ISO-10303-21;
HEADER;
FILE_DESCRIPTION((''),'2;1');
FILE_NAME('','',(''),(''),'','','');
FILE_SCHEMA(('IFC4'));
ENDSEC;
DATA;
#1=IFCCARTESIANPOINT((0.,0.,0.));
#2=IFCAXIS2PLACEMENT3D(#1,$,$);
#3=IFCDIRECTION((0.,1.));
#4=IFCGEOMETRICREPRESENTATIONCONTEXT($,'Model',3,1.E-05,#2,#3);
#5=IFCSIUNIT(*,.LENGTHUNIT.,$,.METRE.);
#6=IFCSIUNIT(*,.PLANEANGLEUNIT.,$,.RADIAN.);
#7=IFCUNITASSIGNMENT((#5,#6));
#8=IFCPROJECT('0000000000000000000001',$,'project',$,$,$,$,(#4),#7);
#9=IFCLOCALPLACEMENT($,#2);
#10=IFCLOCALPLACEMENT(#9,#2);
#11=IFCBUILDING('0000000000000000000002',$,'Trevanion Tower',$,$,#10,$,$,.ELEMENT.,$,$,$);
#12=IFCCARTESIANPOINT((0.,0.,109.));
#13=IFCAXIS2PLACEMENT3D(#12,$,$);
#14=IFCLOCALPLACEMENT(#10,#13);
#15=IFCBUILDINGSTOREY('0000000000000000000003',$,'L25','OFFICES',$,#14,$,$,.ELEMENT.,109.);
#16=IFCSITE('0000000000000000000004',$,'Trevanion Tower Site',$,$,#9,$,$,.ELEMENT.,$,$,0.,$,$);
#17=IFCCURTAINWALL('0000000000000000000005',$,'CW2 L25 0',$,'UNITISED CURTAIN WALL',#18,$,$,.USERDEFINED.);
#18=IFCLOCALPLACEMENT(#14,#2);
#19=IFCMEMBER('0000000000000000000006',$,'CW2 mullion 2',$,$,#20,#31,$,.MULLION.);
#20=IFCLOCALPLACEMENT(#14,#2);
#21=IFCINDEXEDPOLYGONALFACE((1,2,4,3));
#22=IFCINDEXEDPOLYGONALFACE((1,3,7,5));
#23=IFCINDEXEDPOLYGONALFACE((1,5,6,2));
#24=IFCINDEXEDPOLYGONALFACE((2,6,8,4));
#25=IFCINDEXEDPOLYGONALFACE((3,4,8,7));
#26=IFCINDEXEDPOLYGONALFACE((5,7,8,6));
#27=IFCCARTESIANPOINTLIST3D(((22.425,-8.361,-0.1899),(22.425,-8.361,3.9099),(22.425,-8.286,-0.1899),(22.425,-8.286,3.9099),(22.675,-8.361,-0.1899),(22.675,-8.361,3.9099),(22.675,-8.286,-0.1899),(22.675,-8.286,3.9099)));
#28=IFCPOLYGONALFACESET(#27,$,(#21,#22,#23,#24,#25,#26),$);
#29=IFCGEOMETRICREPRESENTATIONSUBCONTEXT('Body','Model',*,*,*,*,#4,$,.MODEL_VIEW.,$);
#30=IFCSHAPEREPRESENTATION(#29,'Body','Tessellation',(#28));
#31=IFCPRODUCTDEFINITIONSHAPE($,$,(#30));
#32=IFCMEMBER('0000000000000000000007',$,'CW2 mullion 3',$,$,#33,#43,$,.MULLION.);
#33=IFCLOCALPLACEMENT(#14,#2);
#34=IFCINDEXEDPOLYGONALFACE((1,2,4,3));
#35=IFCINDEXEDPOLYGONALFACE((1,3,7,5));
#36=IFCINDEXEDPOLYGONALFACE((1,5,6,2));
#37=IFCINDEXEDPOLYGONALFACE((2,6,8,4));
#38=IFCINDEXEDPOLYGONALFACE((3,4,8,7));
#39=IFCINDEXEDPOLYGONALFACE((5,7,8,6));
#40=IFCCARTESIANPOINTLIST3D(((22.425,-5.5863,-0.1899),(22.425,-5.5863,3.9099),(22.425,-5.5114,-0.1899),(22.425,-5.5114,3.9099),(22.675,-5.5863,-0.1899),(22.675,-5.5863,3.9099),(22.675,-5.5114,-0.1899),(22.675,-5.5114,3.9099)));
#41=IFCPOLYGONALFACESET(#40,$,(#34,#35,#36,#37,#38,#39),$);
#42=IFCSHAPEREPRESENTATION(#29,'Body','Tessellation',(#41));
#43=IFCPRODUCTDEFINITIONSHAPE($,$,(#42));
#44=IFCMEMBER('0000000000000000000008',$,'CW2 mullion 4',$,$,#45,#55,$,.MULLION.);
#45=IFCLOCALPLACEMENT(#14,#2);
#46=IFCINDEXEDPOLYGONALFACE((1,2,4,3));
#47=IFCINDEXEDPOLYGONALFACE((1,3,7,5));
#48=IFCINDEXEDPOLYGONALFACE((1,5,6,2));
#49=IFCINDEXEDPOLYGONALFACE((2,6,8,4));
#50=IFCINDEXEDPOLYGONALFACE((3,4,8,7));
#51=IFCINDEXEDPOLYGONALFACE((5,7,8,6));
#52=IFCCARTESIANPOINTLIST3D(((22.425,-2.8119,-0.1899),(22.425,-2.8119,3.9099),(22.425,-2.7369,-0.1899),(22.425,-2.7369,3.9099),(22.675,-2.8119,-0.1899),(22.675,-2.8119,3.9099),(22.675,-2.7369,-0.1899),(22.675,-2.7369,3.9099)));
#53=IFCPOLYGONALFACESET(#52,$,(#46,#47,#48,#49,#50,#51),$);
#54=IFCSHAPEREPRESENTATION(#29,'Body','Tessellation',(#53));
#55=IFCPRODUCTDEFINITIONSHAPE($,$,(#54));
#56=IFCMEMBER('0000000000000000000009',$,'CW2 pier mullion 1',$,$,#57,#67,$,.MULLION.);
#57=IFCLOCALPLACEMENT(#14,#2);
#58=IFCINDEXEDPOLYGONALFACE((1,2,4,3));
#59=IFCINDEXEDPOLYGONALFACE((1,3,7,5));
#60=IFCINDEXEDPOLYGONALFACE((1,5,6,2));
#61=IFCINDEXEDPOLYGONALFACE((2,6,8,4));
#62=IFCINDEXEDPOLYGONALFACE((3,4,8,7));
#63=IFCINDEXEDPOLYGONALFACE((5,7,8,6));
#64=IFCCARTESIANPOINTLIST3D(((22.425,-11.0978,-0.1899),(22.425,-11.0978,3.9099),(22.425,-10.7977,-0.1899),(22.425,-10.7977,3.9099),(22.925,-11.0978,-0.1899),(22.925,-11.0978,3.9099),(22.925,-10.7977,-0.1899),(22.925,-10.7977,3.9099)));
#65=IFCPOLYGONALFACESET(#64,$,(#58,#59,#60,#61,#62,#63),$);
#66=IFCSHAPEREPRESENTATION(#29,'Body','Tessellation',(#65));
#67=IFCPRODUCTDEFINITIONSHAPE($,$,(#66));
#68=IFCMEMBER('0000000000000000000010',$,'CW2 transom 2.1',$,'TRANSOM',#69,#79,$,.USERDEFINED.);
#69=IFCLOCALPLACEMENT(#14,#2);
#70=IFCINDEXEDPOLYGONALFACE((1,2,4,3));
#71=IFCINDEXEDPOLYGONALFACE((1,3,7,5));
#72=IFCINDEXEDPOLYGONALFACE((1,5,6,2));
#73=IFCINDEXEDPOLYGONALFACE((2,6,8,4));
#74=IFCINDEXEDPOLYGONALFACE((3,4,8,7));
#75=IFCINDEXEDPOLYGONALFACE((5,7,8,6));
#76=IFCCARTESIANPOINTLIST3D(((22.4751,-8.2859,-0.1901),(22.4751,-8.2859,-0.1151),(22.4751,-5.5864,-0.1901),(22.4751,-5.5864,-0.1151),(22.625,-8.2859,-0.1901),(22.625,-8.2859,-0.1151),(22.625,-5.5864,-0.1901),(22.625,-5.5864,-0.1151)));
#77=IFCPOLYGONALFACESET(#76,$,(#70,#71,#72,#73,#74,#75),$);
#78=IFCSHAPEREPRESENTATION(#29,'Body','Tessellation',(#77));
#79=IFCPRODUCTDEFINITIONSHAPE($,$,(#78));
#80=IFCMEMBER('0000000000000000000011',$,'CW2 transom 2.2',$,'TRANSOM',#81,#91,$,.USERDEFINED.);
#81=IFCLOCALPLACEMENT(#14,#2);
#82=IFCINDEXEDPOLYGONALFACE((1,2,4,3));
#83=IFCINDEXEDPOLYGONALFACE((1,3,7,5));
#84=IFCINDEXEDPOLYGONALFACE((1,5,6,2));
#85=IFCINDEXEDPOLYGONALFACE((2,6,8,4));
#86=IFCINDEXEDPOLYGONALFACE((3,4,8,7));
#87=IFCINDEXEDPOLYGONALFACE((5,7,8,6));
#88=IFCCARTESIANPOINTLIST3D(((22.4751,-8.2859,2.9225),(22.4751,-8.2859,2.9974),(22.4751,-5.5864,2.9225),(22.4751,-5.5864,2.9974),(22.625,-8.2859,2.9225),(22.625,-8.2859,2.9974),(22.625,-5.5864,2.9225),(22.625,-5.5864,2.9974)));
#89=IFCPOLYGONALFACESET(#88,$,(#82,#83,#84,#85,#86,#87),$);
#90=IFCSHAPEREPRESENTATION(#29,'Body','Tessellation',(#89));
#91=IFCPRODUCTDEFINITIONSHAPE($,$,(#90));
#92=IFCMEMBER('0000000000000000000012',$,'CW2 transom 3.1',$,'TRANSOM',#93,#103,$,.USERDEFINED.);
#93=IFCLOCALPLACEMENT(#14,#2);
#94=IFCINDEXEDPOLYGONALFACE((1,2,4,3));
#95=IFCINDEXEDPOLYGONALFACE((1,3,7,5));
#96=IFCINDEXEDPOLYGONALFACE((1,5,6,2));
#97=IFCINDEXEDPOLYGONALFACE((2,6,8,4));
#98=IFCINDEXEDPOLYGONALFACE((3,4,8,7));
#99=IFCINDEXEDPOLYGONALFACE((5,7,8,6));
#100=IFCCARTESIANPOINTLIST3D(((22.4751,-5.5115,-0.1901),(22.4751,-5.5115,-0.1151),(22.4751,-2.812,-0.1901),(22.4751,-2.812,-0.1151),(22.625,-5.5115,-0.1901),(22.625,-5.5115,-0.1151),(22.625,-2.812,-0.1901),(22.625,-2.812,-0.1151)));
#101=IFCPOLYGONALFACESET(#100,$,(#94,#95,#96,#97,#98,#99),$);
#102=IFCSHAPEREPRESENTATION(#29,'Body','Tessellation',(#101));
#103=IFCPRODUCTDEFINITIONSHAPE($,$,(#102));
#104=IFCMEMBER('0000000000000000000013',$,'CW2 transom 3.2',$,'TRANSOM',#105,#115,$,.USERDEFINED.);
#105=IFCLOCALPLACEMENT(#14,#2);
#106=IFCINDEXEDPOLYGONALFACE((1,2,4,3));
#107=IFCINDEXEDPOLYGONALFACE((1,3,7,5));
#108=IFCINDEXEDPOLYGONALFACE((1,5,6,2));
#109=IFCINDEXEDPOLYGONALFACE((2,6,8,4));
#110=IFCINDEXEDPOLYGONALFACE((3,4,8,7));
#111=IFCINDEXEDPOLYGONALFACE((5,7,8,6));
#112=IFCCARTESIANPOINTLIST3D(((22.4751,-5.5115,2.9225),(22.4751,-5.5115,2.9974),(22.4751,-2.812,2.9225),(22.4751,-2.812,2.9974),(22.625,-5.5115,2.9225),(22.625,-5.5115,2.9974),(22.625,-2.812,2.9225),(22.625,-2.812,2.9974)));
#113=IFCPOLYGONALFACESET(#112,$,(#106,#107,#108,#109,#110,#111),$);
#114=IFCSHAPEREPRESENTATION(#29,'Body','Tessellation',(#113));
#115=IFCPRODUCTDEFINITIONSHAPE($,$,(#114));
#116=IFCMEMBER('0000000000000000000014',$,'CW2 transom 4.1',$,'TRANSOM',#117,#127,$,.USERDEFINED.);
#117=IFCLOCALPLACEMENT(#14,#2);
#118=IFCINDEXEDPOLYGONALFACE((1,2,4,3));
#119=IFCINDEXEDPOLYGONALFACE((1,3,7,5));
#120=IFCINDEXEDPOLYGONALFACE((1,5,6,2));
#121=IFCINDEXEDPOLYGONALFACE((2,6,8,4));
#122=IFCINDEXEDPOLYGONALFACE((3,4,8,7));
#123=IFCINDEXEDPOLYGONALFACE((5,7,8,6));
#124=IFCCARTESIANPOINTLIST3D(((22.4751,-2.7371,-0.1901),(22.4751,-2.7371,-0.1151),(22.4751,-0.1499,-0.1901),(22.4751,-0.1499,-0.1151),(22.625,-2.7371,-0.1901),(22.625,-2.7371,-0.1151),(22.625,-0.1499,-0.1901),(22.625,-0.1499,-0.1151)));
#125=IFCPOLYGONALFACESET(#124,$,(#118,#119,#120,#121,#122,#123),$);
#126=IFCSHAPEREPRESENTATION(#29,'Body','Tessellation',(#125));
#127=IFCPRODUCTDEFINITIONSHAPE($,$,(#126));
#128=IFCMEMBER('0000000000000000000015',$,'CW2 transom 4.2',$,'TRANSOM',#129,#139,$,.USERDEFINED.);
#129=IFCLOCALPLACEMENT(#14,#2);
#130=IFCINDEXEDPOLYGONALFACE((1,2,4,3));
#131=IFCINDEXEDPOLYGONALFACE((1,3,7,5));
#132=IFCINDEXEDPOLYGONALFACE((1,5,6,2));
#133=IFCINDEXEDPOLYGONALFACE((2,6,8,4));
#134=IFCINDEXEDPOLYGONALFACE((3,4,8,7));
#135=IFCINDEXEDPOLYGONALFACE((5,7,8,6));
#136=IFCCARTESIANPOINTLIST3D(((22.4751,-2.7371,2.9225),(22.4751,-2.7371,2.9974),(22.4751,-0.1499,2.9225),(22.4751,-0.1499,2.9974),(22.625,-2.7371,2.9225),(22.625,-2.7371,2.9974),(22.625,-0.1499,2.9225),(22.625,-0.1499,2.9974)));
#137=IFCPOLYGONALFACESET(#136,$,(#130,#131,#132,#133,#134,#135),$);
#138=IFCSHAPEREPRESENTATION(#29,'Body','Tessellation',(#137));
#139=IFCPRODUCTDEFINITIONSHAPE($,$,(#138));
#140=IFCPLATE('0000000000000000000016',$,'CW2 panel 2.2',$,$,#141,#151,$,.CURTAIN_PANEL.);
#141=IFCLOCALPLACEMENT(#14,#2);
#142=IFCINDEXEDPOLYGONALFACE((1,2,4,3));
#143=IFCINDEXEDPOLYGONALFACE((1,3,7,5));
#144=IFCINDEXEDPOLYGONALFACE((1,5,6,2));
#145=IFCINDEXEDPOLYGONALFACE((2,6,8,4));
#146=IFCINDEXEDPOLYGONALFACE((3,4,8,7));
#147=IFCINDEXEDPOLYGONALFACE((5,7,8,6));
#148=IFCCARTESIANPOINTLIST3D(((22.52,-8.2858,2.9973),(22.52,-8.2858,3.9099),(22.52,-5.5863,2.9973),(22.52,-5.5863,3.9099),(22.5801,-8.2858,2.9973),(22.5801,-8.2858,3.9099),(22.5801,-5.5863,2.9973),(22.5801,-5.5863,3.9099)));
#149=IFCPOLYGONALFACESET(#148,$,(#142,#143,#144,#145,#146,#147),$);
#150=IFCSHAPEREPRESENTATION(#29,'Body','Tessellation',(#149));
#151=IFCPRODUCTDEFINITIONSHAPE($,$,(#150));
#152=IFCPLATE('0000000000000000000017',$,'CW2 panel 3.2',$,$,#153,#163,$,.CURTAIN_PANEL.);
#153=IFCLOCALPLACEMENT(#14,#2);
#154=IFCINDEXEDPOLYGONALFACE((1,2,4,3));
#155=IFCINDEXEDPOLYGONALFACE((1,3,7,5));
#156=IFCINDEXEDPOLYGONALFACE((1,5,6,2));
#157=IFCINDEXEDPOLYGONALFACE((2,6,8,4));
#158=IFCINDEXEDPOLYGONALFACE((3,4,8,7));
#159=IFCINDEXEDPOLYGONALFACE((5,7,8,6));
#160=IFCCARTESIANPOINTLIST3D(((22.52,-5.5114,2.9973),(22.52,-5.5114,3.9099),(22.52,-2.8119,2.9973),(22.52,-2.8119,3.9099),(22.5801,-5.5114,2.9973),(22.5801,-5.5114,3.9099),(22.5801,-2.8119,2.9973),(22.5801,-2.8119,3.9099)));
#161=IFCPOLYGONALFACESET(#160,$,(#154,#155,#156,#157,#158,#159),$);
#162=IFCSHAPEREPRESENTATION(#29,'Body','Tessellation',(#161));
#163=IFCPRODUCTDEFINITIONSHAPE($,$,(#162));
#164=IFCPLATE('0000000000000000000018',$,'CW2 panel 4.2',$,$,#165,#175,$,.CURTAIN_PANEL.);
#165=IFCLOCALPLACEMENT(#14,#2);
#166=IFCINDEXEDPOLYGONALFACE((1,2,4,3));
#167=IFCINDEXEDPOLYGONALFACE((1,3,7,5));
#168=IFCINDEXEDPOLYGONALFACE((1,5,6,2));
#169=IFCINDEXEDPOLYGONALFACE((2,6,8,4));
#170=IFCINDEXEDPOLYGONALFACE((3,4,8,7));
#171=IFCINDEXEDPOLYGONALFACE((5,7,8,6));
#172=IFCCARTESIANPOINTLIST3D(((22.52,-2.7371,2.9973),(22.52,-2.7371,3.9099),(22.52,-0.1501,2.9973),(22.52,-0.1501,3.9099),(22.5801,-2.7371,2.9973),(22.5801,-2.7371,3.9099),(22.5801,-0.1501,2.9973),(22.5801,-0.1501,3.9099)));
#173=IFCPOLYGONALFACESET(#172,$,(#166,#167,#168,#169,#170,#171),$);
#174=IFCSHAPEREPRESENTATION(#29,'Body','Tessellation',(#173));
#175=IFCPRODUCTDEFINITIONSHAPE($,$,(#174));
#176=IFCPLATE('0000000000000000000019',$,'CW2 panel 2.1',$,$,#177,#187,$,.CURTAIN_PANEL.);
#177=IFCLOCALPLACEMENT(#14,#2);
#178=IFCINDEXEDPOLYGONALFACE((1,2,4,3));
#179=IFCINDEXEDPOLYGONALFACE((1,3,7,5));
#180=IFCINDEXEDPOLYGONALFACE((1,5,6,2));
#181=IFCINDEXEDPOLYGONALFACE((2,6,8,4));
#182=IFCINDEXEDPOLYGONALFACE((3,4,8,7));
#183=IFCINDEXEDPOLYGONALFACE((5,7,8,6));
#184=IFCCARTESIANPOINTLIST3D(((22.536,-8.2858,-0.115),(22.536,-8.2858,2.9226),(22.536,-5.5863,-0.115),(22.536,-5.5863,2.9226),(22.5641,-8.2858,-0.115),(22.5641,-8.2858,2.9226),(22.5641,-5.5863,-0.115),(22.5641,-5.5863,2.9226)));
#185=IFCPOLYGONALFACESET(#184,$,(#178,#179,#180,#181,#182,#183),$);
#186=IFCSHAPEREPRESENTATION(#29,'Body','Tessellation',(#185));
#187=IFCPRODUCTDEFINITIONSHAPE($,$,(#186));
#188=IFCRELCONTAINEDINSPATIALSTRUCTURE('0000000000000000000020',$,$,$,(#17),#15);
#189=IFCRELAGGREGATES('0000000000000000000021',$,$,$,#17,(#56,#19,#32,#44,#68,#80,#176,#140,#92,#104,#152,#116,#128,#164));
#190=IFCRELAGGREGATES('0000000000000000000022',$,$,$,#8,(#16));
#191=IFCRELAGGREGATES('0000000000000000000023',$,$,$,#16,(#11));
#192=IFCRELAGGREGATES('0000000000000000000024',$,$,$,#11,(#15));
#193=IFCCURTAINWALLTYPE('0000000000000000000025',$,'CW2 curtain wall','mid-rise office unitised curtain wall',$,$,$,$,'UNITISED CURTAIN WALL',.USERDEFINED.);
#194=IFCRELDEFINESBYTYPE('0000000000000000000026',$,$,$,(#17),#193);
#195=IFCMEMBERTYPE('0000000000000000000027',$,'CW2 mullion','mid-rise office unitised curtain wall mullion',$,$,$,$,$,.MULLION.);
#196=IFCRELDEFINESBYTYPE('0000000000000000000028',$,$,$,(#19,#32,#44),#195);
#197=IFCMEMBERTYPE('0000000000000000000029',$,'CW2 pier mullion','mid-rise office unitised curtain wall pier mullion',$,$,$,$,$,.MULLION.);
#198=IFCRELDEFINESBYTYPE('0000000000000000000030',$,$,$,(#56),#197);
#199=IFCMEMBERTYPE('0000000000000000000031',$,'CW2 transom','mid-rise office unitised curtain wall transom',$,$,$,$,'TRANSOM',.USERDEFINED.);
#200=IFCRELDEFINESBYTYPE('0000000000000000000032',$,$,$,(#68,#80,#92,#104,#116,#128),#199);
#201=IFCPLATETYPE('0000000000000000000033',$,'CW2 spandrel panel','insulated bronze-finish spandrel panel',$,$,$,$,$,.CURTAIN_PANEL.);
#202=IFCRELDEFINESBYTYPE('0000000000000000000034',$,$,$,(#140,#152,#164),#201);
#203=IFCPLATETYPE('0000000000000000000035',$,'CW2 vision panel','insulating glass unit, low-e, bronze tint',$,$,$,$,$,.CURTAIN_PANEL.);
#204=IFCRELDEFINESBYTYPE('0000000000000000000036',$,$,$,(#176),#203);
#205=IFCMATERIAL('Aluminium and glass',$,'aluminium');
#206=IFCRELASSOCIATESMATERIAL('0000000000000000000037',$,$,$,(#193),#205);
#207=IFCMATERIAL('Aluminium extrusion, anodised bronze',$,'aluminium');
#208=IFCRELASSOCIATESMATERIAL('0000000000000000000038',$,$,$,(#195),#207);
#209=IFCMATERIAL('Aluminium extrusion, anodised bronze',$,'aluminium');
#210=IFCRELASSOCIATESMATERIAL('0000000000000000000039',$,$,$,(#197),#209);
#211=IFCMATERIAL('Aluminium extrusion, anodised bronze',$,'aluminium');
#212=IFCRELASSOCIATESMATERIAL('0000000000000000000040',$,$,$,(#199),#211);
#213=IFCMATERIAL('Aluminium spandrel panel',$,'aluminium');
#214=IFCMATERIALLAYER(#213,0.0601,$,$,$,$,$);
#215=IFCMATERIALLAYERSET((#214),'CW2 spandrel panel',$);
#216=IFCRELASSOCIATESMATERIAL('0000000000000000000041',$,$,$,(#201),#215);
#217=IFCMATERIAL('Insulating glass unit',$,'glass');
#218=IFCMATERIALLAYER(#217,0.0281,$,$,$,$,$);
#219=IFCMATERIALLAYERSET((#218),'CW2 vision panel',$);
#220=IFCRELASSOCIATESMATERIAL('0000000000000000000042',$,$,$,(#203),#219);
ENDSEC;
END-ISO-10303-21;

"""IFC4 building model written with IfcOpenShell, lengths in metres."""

from ifc_helpers import new_model, si_unit, direction, frame, origin, origin_2d, place, context, subcontext, project, spatial, rectangle, extrude, material, layer, layer_set, material_profile, profile_set, type_object, element, aggregate, save


model = new_model("IFC4")

# Units and contexts
model_context = context("Model", 3, precision=1e-05, world=origin(), true_north=direction((0.0, 1.0)))
body_context = subcontext(model_context, "Body", "Model", "MODEL_VIEW")
ifc_project = project(units=[si_unit("LENGTHUNIT", "METRE"), si_unit("PLANEANGLEUNIT", "RADIAN")], contexts=[model_context])

# Site, building, storey
site_placement = place(None, origin())
site = spatial("IfcSite", under=ifc_project, at=site_placement, Name="Trevanion Tower Site", CompositionType="ELEMENT", RefElevation=0.0)
building_placement = place(site_placement, origin())
building = spatial("IfcBuilding", under=site, at=building_placement, Name="Trevanion Tower", CompositionType="ELEMENT")
storey_placement = place(building_placement, frame((0.0, 0.0, 109.0)))
storey = spatial("IfcBuildingStorey", under=building, at=storey_placement, Name="L25", Description="OFFICES", CompositionType="ELEMENT", Elevation=109.0)

# Curtain wall, members, plates
ifc_material_1 = material(Name="Aluminium and glass", Category="aluminium")
curtain_wall_type = type_object("IfcCurtainWallType", Name="CW2 curtain wall", Description="mid-rise office unitised curtain wall", ElementType="UNITISED CURTAIN WALL", PredefinedType="USERDEFINED", material=ifc_material_1)
curtain_wall_placement = place(storey_placement, origin())
curtain_wall = element("IfcCurtainWall", 1, at=curtain_wall_placement, inside=storey, type_object=curtain_wall_type, Name="CW2 L25 0", ObjectType="UNITISED CURTAIN WALL", PredefinedType="USERDEFINED")
ifc_material_2 = material(Name="Aluminium extrusion, anodised bronze", Category="aluminium")
ifc_material_profile_1 = material_profile(ifc_material_2, rectangle(XDim=0.075, YDim=0.25, at=origin_2d()), Name="CW2 mullion")
ifc_profile_set_1 = profile_set([ifc_material_profile_1], Name="Aluminium extrusion, anodised bronze")
member_type_1 = type_object("IfcMemberType", Name="CW2 mullion", Description="mid-rise office unitised curtain wall mullion", PredefinedType="MULLION", material=ifc_profile_set_1)
member_1_placement = place(storey_placement, frame((22.55, -8.3235, -0.1899), z_axis=(0.0, 0.0, 1.0), x_axis=(0.0, 1.0, 0.0)))
member_1 = element("IfcMember", 2, at=member_1_placement, type_object=member_type_1, Name="CW2 mullion 2", PredefinedType="MULLION", context=body_context, shape_type="SweptSolid", body=[
    extrude(rectangle(XDim=0.075, YDim=0.25, at=origin_2d()), origin(), (0.0, 0.0, 1.0), 4.0999),
])
member_2_placement = place(storey_placement, frame((22.55, -5.5488, -0.1899), z_axis=(0.0, 0.0, 1.0), x_axis=(0.0, 1.0, 0.0)))
member_2 = element("IfcMember", 3, at=member_2_placement, type_object=member_type_1, Name="CW2 mullion 3", PredefinedType="MULLION", context=body_context, shape_type="SweptSolid", body=[
    extrude(rectangle(XDim=0.075, YDim=0.25, at=origin_2d()), origin(), (0.0, 0.0, 1.0), 4.0999),
])
member_3_placement = place(storey_placement, frame((22.55, -2.7744, -0.1899), z_axis=(0.0, 0.0, 1.0), x_axis=(0.0, 1.0, 0.0)))
member_3 = element("IfcMember", 4, at=member_3_placement, type_object=member_type_1, Name="CW2 mullion 4", PredefinedType="MULLION", context=body_context, shape_type="SweptSolid", body=[
    extrude(rectangle(XDim=0.075, YDim=0.25, at=origin_2d()), origin(), (0.0, 0.0, 1.0), 4.0999),
])
ifc_material_3 = material(Name="Aluminium extrusion, anodised bronze", Category="aluminium")
ifc_material_profile_2 = material_profile(ifc_material_3, rectangle(XDim=0.3, YDim=0.5, at=origin_2d()), Name="CW2 pier mullion")
ifc_profile_set_2 = profile_set([ifc_material_profile_2], Name="Aluminium extrusion, anodised bronze")
member_type_2 = type_object("IfcMemberType", Name="CW2 pier mullion", Description="mid-rise office unitised curtain wall pier mullion", PredefinedType="MULLION", material=ifc_profile_set_2)
member_4_placement = place(storey_placement, frame((22.675, -10.9478, -0.1899), z_axis=(0.0, 0.0, 1.0), x_axis=(0.0, 1.0, 0.0)))
member_4 = element("IfcMember", 5, at=member_4_placement, type_object=member_type_2, Name="CW2 pier mullion 1", PredefinedType="MULLION", context=body_context, shape_type="SweptSolid", body=[
    extrude(rectangle(XDim=0.3, YDim=0.5, at=origin_2d()), origin(), (0.0, 0.0, 1.0), 4.0999),
])
ifc_material_4 = material(Name="Aluminium extrusion, anodised bronze", Category="aluminium")
ifc_material_profile_3 = material_profile(ifc_material_4, rectangle(XDim=0.1499, YDim=0.075, at=origin_2d()), Name="CW2 transom")
ifc_profile_set_3 = profile_set([ifc_material_profile_3], Name="Aluminium extrusion, anodised bronze")
member_type_3 = type_object("IfcMemberType", Name="CW2 transom", Description="mid-rise office unitised curtain wall transom", ElementType="TRANSOM", PredefinedType="USERDEFINED", material=ifc_profile_set_3)
member_5_placement = place(storey_placement, frame((22.55, -8.2859, -0.1526), z_axis=(0.0, 1.0, 0.0), x_axis=(-1.0, 0.0, 0.0)))
member_5 = element("IfcMember", 6, at=member_5_placement, type_object=member_type_3, Name="CW2 transom 2.1", ObjectType="TRANSOM", PredefinedType="USERDEFINED", context=body_context, shape_type="SweptSolid", body=[
    extrude(rectangle(XDim=0.1499, YDim=0.075, at=origin_2d()), origin(), (0.0, 0.0, 1.0), 2.6995),
])
member_6_placement = place(storey_placement, frame((22.55, -8.2859, 2.96), z_axis=(0.0, 1.0, 0.0), x_axis=(-1.0, 0.0, 0.0)))
member_6 = element("IfcMember", 7, at=member_6_placement, type_object=member_type_3, Name="CW2 transom 2.2", ObjectType="TRANSOM", PredefinedType="USERDEFINED", context=body_context, shape_type="SweptSolid", body=[
    extrude(rectangle(XDim=0.1499, YDim=0.075, at=origin_2d()), origin(), (0.0, 0.0, 1.0), 2.6995),
])
member_7_placement = place(storey_placement, frame((22.55, -5.5115, -0.1526), z_axis=(0.0, 1.0, 0.0), x_axis=(-1.0, 0.0, 0.0)))
member_7 = element("IfcMember", 8, at=member_7_placement, type_object=member_type_3, Name="CW2 transom 3.1", ObjectType="TRANSOM", PredefinedType="USERDEFINED", context=body_context, shape_type="SweptSolid", body=[
    extrude(rectangle(XDim=0.1499, YDim=0.075, at=origin_2d()), origin(), (0.0, 0.0, 1.0), 2.6995),
])
member_8_placement = place(storey_placement, frame((22.55, -5.5115, 2.96), z_axis=(0.0, 1.0, 0.0), x_axis=(-1.0, 0.0, 0.0)))
member_8 = element("IfcMember", 9, at=member_8_placement, type_object=member_type_3, Name="CW2 transom 3.2", ObjectType="TRANSOM", PredefinedType="USERDEFINED", context=body_context, shape_type="SweptSolid", body=[
    extrude(rectangle(XDim=0.1499, YDim=0.075, at=origin_2d()), origin(), (0.0, 0.0, 1.0), 2.6995),
])
member_9_placement = place(storey_placement, frame((22.55, -2.7371, -0.1526), z_axis=(0.0, 1.0, 0.0), x_axis=(-1.0, 0.0, 0.0)))
member_9 = element("IfcMember", 10, at=member_9_placement, type_object=member_type_3, Name="CW2 transom 4.1", ObjectType="TRANSOM", PredefinedType="USERDEFINED", context=body_context, shape_type="SweptSolid", body=[
    extrude(rectangle(XDim=0.1499, YDim=0.075, at=origin_2d()), origin(), (0.0, 0.0, 1.0), 2.5872),
])
member_10_placement = place(storey_placement, frame((22.55, -2.7371, 2.96), z_axis=(0.0, 1.0, 0.0), x_axis=(-1.0, 0.0, 0.0)))
member_10 = element("IfcMember", 11, at=member_10_placement, type_object=member_type_3, Name="CW2 transom 4.2", ObjectType="TRANSOM", PredefinedType="USERDEFINED", context=body_context, shape_type="SweptSolid", body=[
    extrude(rectangle(XDim=0.1499, YDim=0.075, at=origin_2d()), origin(), (0.0, 0.0, 1.0), 2.5872),
])
ifc_material_5 = material(Name="Aluminium spandrel panel", Category="aluminium")
ifc_layer_1 = layer(ifc_material_5, 0.0601)
ifc_layer_set_1 = layer_set([ifc_layer_1], Name="CW2 spandrel panel")
plate_type_1 = type_object("IfcPlateType", Name="CW2 spandrel panel", Description="insulated bronze-finish spandrel panel", PredefinedType="CURTAIN_PANEL", material=ifc_layer_set_1)
plate_1_placement = place(storey_placement, frame((22.55, -6.936, 2.9973), z_axis=(0.0, 0.0, 1.0), x_axis=(0.0, 1.0, 0.0)))
plate_1 = element("IfcPlate", 12, at=plate_1_placement, type_object=plate_type_1, Name="CW2 panel 2.2", PredefinedType="CURTAIN_PANEL", context=body_context, shape_type="SweptSolid", body=[
    extrude(rectangle(XDim=2.6995, YDim=0.0601, at=origin_2d()), origin(), (0.0, 0.0, 1.0), 0.9126),
])
plate_2_placement = place(storey_placement, frame((22.55, -4.1616, 2.9973), z_axis=(0.0, 0.0, 1.0), x_axis=(0.0, 1.0, 0.0)))
plate_2 = element("IfcPlate", 13, at=plate_2_placement, type_object=plate_type_1, Name="CW2 panel 3.2", PredefinedType="CURTAIN_PANEL", context=body_context, shape_type="SweptSolid", body=[
    extrude(rectangle(XDim=2.6995, YDim=0.0601, at=origin_2d()), origin(), (0.0, 0.0, 1.0), 0.9126),
])
plate_3_placement = place(storey_placement, frame((22.55, -1.4436, 2.9973), z_axis=(0.0, 0.0, 1.0), x_axis=(0.0, 1.0, 0.0)))
plate_3 = element("IfcPlate", 14, at=plate_3_placement, type_object=plate_type_1, Name="CW2 panel 4.2", PredefinedType="CURTAIN_PANEL", context=body_context, shape_type="SweptSolid", body=[
    extrude(rectangle(XDim=2.5869, YDim=0.0601, at=origin_2d()), origin(), (0.0, 0.0, 1.0), 0.9126),
])
ifc_material_6 = material(Name="Insulating glass unit", Category="glass")
ifc_layer_2 = layer(ifc_material_6, 0.0281)
ifc_layer_set_2 = layer_set([ifc_layer_2], Name="CW2 vision panel")
plate_type_2 = type_object("IfcPlateType", Name="CW2 vision panel", Description="insulating glass unit, low-e, bronze tint", PredefinedType="CURTAIN_PANEL", material=ifc_layer_set_2)
plate_4_placement = place(storey_placement, frame((22.55, -6.936, -0.115), z_axis=(0.0, 0.0, 1.0), x_axis=(0.0, 1.0, 0.0)))
plate_4 = element("IfcPlate", 15, at=plate_4_placement, type_object=plate_type_2, Name="CW2 panel 2.1", PredefinedType="CURTAIN_PANEL", context=body_context, shape_type="SweptSolid", body=[
    extrude(rectangle(XDim=2.6995, YDim=0.0281, at=origin_2d()), origin(), (0.0, 0.0, 1.0), 3.0376),
])
aggregate(curtain_wall, [member_4, member_1, member_2, member_3, member_5, member_6, plate_4, plate_1, member_7, member_8, plate_2, member_9, member_10, plate_3])

save(model, "model.ifc")
